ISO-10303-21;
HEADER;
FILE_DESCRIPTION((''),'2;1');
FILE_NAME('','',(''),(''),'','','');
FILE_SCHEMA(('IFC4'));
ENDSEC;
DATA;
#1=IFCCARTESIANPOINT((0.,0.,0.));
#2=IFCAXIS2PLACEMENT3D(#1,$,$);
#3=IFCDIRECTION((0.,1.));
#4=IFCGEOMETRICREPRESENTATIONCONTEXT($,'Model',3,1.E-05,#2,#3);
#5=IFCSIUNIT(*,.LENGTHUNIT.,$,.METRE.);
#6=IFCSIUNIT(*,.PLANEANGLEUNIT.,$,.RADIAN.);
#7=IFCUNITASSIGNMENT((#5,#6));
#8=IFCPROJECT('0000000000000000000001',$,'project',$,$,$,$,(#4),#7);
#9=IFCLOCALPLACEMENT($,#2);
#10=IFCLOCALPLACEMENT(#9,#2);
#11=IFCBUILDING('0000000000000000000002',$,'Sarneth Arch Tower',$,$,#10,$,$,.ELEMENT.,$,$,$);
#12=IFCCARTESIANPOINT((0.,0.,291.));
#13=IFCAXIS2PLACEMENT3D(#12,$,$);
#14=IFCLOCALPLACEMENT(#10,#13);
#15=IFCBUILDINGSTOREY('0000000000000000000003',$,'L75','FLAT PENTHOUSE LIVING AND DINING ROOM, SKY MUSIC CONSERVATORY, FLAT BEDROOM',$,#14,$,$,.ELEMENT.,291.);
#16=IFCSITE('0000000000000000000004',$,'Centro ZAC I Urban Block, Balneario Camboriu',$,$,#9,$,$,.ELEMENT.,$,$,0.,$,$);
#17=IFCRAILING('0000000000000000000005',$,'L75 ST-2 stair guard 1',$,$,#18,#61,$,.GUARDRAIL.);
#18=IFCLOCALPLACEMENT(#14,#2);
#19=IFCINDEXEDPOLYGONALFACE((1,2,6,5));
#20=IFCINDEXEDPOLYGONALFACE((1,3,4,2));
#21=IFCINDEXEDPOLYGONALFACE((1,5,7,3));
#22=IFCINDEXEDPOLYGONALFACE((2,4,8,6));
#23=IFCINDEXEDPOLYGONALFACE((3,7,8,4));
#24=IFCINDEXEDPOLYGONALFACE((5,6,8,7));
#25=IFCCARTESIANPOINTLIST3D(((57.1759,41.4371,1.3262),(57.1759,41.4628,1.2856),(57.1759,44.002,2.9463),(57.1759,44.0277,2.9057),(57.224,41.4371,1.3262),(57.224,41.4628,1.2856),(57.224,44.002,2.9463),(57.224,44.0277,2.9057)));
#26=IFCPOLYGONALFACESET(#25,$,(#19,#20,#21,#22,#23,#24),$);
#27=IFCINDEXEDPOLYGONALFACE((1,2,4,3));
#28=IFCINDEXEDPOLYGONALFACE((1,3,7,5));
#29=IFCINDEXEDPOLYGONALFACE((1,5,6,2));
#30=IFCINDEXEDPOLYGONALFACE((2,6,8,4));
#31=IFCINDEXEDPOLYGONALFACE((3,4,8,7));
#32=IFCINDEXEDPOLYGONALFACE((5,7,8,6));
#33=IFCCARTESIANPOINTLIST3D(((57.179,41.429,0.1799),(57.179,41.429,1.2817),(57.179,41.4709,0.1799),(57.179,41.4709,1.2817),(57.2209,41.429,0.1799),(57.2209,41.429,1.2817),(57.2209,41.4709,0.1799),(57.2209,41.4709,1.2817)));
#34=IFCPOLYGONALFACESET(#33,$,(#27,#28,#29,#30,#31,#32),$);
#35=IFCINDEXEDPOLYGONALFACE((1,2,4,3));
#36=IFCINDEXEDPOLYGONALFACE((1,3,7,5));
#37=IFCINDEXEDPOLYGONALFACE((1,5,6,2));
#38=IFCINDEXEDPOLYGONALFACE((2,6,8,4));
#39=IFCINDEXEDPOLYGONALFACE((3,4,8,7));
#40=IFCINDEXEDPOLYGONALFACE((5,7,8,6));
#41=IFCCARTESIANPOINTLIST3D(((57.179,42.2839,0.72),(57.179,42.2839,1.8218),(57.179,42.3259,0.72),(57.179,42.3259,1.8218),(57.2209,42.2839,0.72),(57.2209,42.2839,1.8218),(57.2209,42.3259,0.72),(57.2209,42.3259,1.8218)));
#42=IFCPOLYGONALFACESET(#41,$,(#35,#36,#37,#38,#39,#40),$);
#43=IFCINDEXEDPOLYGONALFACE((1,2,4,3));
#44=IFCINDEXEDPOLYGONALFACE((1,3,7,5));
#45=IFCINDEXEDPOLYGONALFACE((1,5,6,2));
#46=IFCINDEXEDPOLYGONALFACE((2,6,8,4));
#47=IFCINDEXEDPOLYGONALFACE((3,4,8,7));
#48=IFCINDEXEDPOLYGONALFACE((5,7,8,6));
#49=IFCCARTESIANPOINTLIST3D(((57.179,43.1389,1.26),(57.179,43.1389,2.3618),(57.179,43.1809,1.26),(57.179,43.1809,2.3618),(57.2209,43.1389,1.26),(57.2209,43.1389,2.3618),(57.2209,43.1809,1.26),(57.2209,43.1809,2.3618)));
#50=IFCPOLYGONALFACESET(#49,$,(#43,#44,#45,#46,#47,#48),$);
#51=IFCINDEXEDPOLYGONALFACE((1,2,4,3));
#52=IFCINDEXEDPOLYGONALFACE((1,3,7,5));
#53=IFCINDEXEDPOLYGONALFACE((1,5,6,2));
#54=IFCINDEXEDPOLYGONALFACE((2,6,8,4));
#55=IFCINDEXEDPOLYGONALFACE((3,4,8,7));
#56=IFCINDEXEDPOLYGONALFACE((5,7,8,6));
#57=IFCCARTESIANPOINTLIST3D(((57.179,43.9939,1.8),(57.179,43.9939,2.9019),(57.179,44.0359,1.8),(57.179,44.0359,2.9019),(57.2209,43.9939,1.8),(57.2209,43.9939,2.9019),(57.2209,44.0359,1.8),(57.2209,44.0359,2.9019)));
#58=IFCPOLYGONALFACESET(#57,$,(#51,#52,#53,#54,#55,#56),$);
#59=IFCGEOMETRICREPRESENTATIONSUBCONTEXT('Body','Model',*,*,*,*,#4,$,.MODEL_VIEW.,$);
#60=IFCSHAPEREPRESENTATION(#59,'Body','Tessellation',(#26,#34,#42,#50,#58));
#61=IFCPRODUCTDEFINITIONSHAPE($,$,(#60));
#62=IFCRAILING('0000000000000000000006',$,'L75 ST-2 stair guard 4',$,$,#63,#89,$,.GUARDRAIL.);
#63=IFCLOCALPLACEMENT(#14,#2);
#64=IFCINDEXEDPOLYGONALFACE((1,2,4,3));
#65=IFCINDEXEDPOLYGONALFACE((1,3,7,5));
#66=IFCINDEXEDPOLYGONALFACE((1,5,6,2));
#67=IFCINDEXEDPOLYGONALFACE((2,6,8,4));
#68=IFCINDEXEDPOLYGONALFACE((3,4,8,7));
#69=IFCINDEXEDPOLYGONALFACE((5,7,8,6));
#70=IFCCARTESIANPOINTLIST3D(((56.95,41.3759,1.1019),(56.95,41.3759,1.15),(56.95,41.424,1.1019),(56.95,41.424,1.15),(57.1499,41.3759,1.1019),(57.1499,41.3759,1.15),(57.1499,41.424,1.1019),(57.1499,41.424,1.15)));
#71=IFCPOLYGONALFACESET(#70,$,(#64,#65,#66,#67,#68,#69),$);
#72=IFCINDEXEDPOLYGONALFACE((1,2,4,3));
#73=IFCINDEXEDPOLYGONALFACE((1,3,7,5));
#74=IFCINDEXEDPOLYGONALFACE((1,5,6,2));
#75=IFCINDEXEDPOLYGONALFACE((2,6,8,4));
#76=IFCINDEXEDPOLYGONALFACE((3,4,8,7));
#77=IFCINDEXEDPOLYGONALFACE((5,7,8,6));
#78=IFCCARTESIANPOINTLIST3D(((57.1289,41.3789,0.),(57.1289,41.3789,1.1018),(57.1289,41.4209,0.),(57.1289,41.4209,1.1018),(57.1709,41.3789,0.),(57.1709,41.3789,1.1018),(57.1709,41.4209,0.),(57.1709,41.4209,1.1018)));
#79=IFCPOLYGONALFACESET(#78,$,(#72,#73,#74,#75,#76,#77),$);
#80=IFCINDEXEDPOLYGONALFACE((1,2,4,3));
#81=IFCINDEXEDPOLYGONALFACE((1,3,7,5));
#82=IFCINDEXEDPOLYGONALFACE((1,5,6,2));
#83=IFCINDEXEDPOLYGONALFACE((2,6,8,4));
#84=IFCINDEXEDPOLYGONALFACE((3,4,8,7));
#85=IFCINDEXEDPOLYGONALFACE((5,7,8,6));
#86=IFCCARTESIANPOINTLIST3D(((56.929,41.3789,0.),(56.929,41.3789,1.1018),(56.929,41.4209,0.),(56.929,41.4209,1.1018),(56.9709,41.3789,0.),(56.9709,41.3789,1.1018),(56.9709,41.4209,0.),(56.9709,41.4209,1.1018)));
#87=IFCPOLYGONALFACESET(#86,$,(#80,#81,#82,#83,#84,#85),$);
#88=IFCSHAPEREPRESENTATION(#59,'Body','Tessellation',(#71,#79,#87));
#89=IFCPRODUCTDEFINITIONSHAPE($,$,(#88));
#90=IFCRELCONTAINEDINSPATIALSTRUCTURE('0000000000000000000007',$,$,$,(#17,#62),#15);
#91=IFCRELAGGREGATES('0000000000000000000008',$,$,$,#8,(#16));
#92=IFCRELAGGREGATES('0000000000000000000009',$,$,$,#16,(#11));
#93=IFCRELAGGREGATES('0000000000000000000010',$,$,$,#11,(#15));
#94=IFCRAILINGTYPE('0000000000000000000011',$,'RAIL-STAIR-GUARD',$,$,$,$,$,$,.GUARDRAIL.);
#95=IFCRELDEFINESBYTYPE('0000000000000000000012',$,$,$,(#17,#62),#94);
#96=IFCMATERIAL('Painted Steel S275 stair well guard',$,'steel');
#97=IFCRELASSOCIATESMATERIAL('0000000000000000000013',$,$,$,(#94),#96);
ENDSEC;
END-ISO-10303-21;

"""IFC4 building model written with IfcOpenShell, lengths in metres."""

from ifc_helpers import new_model, si_unit, direction, frame, origin, origin_2d, place, context, subcontext, project, spatial, rectangle, extrude, material, type_object, element, save


model = new_model("IFC4")

# Units and contexts
model_context = context("Model", 3, precision=1e-05, world=origin(), true_north=direction((0.0, 1.0)))
body_context = subcontext(model_context, "Body", "Model", "MODEL_VIEW")
ifc_project = project(units=[si_unit("LENGTHUNIT", "METRE"), si_unit("PLANEANGLEUNIT", "RADIAN")], contexts=[model_context])

# Site, building, storey
site_placement = place(None, origin())
site = spatial("IfcSite", under=ifc_project, at=site_placement, Name="Centro ZAC I Urban Block, Balneario Camboriu", CompositionType="ELEMENT", RefElevation=0.0)
building_placement = place(site_placement, origin())
building = spatial("IfcBuilding", under=site, at=building_placement, Name="Sarneth Arch Tower", CompositionType="ELEMENT")
storey_placement = place(building_placement, frame((0.0, 0.0, 291.0)))
storey = spatial("IfcBuildingStorey", under=building, at=storey_placement, Name="L75", Description="FLAT PENTHOUSE LIVING AND DINING ROOM, SKY MUSIC CONSERVATORY, FLAT BEDROOM", CompositionType="ELEMENT", Elevation=291.0)

# Railings
ifc_material_1 = material(Name="Painted Steel S275 stair well guard", Category="steel")
railing_type_1 = type_object("IfcRailingType", Name="RAIL-STAIR-GUARD", PredefinedType="GUARDRAIL", material=ifc_material_1)
railing_1_placement = place(storey_placement, frame((57.2, 41.45, 0.1799)))
element("IfcRailing", 1, at=railing_1_placement, inside=storey, type_object=railing_type_1, Name="L75 ST-2 stair guard 1", PredefinedType="GUARDRAIL", context=body_context, shape_type="SweptSolid", body=[
    extrude(rectangle(XDim=0.0481, YDim=0.0481, at=origin_2d()), frame((0.0, 0.0, 1.126), z_axis=(0.0, 0.845466, 0.534029), x_axis=(-1.0, 0.0, 0.0)), (0.0, 0.0, 1.0), 3.0337),
    extrude(rectangle(XDim=0.042, YDim=0.042, at=origin_2d()), origin(), (0.0, 0.0, 1.0), 1.1018),
    extrude(rectangle(XDim=0.042, YDim=0.042, at=origin_2d()), frame((0.0, 0.855, 0.54)), (0.0, 0.0, 1.0), 1.1018),
    extrude(rectangle(XDim=0.042, YDim=0.042, at=origin_2d()), frame((0.0, 1.71, 1.0801)), (0.0, 0.0, 1.0), 1.1018),
    extrude(rectangle(XDim=0.042, YDim=0.042, at=origin_2d()), frame((0.0, 2.5649, 1.6201)), (0.0, 0.0, 1.0), 1.1018),
])
railing_2_placement = place(storey_placement, frame((57.1499, 41.3999, 0.0)))
element("IfcRailing", 2, at=railing_2_placement, inside=storey, type_object=railing_type_1, Name="L75 ST-2 stair guard 4", PredefinedType="GUARDRAIL", context=body_context, shape_type="SweptSolid", body=[
    extrude(rectangle(XDim=0.0481, YDim=0.0481, at=origin_2d()), frame((0.0, 0.0, 1.126), z_axis=(-1.0, 0.0, 0.0), x_axis=(0.0, -1.0, 0.0)), (0.0, 0.0, 1.0), 0.2),
    extrude(rectangle(XDim=0.042, YDim=0.042, at=origin_2d()), origin(), (0.0, 0.0, 1.0), 1.1018),
    extrude(rectangle(XDim=0.042, YDim=0.042, at=origin_2d()), frame((-0.2, 0.0, 0.0)), (0.0, 0.0, 1.0), 1.1018),
])

save(model, "model.ifc")
